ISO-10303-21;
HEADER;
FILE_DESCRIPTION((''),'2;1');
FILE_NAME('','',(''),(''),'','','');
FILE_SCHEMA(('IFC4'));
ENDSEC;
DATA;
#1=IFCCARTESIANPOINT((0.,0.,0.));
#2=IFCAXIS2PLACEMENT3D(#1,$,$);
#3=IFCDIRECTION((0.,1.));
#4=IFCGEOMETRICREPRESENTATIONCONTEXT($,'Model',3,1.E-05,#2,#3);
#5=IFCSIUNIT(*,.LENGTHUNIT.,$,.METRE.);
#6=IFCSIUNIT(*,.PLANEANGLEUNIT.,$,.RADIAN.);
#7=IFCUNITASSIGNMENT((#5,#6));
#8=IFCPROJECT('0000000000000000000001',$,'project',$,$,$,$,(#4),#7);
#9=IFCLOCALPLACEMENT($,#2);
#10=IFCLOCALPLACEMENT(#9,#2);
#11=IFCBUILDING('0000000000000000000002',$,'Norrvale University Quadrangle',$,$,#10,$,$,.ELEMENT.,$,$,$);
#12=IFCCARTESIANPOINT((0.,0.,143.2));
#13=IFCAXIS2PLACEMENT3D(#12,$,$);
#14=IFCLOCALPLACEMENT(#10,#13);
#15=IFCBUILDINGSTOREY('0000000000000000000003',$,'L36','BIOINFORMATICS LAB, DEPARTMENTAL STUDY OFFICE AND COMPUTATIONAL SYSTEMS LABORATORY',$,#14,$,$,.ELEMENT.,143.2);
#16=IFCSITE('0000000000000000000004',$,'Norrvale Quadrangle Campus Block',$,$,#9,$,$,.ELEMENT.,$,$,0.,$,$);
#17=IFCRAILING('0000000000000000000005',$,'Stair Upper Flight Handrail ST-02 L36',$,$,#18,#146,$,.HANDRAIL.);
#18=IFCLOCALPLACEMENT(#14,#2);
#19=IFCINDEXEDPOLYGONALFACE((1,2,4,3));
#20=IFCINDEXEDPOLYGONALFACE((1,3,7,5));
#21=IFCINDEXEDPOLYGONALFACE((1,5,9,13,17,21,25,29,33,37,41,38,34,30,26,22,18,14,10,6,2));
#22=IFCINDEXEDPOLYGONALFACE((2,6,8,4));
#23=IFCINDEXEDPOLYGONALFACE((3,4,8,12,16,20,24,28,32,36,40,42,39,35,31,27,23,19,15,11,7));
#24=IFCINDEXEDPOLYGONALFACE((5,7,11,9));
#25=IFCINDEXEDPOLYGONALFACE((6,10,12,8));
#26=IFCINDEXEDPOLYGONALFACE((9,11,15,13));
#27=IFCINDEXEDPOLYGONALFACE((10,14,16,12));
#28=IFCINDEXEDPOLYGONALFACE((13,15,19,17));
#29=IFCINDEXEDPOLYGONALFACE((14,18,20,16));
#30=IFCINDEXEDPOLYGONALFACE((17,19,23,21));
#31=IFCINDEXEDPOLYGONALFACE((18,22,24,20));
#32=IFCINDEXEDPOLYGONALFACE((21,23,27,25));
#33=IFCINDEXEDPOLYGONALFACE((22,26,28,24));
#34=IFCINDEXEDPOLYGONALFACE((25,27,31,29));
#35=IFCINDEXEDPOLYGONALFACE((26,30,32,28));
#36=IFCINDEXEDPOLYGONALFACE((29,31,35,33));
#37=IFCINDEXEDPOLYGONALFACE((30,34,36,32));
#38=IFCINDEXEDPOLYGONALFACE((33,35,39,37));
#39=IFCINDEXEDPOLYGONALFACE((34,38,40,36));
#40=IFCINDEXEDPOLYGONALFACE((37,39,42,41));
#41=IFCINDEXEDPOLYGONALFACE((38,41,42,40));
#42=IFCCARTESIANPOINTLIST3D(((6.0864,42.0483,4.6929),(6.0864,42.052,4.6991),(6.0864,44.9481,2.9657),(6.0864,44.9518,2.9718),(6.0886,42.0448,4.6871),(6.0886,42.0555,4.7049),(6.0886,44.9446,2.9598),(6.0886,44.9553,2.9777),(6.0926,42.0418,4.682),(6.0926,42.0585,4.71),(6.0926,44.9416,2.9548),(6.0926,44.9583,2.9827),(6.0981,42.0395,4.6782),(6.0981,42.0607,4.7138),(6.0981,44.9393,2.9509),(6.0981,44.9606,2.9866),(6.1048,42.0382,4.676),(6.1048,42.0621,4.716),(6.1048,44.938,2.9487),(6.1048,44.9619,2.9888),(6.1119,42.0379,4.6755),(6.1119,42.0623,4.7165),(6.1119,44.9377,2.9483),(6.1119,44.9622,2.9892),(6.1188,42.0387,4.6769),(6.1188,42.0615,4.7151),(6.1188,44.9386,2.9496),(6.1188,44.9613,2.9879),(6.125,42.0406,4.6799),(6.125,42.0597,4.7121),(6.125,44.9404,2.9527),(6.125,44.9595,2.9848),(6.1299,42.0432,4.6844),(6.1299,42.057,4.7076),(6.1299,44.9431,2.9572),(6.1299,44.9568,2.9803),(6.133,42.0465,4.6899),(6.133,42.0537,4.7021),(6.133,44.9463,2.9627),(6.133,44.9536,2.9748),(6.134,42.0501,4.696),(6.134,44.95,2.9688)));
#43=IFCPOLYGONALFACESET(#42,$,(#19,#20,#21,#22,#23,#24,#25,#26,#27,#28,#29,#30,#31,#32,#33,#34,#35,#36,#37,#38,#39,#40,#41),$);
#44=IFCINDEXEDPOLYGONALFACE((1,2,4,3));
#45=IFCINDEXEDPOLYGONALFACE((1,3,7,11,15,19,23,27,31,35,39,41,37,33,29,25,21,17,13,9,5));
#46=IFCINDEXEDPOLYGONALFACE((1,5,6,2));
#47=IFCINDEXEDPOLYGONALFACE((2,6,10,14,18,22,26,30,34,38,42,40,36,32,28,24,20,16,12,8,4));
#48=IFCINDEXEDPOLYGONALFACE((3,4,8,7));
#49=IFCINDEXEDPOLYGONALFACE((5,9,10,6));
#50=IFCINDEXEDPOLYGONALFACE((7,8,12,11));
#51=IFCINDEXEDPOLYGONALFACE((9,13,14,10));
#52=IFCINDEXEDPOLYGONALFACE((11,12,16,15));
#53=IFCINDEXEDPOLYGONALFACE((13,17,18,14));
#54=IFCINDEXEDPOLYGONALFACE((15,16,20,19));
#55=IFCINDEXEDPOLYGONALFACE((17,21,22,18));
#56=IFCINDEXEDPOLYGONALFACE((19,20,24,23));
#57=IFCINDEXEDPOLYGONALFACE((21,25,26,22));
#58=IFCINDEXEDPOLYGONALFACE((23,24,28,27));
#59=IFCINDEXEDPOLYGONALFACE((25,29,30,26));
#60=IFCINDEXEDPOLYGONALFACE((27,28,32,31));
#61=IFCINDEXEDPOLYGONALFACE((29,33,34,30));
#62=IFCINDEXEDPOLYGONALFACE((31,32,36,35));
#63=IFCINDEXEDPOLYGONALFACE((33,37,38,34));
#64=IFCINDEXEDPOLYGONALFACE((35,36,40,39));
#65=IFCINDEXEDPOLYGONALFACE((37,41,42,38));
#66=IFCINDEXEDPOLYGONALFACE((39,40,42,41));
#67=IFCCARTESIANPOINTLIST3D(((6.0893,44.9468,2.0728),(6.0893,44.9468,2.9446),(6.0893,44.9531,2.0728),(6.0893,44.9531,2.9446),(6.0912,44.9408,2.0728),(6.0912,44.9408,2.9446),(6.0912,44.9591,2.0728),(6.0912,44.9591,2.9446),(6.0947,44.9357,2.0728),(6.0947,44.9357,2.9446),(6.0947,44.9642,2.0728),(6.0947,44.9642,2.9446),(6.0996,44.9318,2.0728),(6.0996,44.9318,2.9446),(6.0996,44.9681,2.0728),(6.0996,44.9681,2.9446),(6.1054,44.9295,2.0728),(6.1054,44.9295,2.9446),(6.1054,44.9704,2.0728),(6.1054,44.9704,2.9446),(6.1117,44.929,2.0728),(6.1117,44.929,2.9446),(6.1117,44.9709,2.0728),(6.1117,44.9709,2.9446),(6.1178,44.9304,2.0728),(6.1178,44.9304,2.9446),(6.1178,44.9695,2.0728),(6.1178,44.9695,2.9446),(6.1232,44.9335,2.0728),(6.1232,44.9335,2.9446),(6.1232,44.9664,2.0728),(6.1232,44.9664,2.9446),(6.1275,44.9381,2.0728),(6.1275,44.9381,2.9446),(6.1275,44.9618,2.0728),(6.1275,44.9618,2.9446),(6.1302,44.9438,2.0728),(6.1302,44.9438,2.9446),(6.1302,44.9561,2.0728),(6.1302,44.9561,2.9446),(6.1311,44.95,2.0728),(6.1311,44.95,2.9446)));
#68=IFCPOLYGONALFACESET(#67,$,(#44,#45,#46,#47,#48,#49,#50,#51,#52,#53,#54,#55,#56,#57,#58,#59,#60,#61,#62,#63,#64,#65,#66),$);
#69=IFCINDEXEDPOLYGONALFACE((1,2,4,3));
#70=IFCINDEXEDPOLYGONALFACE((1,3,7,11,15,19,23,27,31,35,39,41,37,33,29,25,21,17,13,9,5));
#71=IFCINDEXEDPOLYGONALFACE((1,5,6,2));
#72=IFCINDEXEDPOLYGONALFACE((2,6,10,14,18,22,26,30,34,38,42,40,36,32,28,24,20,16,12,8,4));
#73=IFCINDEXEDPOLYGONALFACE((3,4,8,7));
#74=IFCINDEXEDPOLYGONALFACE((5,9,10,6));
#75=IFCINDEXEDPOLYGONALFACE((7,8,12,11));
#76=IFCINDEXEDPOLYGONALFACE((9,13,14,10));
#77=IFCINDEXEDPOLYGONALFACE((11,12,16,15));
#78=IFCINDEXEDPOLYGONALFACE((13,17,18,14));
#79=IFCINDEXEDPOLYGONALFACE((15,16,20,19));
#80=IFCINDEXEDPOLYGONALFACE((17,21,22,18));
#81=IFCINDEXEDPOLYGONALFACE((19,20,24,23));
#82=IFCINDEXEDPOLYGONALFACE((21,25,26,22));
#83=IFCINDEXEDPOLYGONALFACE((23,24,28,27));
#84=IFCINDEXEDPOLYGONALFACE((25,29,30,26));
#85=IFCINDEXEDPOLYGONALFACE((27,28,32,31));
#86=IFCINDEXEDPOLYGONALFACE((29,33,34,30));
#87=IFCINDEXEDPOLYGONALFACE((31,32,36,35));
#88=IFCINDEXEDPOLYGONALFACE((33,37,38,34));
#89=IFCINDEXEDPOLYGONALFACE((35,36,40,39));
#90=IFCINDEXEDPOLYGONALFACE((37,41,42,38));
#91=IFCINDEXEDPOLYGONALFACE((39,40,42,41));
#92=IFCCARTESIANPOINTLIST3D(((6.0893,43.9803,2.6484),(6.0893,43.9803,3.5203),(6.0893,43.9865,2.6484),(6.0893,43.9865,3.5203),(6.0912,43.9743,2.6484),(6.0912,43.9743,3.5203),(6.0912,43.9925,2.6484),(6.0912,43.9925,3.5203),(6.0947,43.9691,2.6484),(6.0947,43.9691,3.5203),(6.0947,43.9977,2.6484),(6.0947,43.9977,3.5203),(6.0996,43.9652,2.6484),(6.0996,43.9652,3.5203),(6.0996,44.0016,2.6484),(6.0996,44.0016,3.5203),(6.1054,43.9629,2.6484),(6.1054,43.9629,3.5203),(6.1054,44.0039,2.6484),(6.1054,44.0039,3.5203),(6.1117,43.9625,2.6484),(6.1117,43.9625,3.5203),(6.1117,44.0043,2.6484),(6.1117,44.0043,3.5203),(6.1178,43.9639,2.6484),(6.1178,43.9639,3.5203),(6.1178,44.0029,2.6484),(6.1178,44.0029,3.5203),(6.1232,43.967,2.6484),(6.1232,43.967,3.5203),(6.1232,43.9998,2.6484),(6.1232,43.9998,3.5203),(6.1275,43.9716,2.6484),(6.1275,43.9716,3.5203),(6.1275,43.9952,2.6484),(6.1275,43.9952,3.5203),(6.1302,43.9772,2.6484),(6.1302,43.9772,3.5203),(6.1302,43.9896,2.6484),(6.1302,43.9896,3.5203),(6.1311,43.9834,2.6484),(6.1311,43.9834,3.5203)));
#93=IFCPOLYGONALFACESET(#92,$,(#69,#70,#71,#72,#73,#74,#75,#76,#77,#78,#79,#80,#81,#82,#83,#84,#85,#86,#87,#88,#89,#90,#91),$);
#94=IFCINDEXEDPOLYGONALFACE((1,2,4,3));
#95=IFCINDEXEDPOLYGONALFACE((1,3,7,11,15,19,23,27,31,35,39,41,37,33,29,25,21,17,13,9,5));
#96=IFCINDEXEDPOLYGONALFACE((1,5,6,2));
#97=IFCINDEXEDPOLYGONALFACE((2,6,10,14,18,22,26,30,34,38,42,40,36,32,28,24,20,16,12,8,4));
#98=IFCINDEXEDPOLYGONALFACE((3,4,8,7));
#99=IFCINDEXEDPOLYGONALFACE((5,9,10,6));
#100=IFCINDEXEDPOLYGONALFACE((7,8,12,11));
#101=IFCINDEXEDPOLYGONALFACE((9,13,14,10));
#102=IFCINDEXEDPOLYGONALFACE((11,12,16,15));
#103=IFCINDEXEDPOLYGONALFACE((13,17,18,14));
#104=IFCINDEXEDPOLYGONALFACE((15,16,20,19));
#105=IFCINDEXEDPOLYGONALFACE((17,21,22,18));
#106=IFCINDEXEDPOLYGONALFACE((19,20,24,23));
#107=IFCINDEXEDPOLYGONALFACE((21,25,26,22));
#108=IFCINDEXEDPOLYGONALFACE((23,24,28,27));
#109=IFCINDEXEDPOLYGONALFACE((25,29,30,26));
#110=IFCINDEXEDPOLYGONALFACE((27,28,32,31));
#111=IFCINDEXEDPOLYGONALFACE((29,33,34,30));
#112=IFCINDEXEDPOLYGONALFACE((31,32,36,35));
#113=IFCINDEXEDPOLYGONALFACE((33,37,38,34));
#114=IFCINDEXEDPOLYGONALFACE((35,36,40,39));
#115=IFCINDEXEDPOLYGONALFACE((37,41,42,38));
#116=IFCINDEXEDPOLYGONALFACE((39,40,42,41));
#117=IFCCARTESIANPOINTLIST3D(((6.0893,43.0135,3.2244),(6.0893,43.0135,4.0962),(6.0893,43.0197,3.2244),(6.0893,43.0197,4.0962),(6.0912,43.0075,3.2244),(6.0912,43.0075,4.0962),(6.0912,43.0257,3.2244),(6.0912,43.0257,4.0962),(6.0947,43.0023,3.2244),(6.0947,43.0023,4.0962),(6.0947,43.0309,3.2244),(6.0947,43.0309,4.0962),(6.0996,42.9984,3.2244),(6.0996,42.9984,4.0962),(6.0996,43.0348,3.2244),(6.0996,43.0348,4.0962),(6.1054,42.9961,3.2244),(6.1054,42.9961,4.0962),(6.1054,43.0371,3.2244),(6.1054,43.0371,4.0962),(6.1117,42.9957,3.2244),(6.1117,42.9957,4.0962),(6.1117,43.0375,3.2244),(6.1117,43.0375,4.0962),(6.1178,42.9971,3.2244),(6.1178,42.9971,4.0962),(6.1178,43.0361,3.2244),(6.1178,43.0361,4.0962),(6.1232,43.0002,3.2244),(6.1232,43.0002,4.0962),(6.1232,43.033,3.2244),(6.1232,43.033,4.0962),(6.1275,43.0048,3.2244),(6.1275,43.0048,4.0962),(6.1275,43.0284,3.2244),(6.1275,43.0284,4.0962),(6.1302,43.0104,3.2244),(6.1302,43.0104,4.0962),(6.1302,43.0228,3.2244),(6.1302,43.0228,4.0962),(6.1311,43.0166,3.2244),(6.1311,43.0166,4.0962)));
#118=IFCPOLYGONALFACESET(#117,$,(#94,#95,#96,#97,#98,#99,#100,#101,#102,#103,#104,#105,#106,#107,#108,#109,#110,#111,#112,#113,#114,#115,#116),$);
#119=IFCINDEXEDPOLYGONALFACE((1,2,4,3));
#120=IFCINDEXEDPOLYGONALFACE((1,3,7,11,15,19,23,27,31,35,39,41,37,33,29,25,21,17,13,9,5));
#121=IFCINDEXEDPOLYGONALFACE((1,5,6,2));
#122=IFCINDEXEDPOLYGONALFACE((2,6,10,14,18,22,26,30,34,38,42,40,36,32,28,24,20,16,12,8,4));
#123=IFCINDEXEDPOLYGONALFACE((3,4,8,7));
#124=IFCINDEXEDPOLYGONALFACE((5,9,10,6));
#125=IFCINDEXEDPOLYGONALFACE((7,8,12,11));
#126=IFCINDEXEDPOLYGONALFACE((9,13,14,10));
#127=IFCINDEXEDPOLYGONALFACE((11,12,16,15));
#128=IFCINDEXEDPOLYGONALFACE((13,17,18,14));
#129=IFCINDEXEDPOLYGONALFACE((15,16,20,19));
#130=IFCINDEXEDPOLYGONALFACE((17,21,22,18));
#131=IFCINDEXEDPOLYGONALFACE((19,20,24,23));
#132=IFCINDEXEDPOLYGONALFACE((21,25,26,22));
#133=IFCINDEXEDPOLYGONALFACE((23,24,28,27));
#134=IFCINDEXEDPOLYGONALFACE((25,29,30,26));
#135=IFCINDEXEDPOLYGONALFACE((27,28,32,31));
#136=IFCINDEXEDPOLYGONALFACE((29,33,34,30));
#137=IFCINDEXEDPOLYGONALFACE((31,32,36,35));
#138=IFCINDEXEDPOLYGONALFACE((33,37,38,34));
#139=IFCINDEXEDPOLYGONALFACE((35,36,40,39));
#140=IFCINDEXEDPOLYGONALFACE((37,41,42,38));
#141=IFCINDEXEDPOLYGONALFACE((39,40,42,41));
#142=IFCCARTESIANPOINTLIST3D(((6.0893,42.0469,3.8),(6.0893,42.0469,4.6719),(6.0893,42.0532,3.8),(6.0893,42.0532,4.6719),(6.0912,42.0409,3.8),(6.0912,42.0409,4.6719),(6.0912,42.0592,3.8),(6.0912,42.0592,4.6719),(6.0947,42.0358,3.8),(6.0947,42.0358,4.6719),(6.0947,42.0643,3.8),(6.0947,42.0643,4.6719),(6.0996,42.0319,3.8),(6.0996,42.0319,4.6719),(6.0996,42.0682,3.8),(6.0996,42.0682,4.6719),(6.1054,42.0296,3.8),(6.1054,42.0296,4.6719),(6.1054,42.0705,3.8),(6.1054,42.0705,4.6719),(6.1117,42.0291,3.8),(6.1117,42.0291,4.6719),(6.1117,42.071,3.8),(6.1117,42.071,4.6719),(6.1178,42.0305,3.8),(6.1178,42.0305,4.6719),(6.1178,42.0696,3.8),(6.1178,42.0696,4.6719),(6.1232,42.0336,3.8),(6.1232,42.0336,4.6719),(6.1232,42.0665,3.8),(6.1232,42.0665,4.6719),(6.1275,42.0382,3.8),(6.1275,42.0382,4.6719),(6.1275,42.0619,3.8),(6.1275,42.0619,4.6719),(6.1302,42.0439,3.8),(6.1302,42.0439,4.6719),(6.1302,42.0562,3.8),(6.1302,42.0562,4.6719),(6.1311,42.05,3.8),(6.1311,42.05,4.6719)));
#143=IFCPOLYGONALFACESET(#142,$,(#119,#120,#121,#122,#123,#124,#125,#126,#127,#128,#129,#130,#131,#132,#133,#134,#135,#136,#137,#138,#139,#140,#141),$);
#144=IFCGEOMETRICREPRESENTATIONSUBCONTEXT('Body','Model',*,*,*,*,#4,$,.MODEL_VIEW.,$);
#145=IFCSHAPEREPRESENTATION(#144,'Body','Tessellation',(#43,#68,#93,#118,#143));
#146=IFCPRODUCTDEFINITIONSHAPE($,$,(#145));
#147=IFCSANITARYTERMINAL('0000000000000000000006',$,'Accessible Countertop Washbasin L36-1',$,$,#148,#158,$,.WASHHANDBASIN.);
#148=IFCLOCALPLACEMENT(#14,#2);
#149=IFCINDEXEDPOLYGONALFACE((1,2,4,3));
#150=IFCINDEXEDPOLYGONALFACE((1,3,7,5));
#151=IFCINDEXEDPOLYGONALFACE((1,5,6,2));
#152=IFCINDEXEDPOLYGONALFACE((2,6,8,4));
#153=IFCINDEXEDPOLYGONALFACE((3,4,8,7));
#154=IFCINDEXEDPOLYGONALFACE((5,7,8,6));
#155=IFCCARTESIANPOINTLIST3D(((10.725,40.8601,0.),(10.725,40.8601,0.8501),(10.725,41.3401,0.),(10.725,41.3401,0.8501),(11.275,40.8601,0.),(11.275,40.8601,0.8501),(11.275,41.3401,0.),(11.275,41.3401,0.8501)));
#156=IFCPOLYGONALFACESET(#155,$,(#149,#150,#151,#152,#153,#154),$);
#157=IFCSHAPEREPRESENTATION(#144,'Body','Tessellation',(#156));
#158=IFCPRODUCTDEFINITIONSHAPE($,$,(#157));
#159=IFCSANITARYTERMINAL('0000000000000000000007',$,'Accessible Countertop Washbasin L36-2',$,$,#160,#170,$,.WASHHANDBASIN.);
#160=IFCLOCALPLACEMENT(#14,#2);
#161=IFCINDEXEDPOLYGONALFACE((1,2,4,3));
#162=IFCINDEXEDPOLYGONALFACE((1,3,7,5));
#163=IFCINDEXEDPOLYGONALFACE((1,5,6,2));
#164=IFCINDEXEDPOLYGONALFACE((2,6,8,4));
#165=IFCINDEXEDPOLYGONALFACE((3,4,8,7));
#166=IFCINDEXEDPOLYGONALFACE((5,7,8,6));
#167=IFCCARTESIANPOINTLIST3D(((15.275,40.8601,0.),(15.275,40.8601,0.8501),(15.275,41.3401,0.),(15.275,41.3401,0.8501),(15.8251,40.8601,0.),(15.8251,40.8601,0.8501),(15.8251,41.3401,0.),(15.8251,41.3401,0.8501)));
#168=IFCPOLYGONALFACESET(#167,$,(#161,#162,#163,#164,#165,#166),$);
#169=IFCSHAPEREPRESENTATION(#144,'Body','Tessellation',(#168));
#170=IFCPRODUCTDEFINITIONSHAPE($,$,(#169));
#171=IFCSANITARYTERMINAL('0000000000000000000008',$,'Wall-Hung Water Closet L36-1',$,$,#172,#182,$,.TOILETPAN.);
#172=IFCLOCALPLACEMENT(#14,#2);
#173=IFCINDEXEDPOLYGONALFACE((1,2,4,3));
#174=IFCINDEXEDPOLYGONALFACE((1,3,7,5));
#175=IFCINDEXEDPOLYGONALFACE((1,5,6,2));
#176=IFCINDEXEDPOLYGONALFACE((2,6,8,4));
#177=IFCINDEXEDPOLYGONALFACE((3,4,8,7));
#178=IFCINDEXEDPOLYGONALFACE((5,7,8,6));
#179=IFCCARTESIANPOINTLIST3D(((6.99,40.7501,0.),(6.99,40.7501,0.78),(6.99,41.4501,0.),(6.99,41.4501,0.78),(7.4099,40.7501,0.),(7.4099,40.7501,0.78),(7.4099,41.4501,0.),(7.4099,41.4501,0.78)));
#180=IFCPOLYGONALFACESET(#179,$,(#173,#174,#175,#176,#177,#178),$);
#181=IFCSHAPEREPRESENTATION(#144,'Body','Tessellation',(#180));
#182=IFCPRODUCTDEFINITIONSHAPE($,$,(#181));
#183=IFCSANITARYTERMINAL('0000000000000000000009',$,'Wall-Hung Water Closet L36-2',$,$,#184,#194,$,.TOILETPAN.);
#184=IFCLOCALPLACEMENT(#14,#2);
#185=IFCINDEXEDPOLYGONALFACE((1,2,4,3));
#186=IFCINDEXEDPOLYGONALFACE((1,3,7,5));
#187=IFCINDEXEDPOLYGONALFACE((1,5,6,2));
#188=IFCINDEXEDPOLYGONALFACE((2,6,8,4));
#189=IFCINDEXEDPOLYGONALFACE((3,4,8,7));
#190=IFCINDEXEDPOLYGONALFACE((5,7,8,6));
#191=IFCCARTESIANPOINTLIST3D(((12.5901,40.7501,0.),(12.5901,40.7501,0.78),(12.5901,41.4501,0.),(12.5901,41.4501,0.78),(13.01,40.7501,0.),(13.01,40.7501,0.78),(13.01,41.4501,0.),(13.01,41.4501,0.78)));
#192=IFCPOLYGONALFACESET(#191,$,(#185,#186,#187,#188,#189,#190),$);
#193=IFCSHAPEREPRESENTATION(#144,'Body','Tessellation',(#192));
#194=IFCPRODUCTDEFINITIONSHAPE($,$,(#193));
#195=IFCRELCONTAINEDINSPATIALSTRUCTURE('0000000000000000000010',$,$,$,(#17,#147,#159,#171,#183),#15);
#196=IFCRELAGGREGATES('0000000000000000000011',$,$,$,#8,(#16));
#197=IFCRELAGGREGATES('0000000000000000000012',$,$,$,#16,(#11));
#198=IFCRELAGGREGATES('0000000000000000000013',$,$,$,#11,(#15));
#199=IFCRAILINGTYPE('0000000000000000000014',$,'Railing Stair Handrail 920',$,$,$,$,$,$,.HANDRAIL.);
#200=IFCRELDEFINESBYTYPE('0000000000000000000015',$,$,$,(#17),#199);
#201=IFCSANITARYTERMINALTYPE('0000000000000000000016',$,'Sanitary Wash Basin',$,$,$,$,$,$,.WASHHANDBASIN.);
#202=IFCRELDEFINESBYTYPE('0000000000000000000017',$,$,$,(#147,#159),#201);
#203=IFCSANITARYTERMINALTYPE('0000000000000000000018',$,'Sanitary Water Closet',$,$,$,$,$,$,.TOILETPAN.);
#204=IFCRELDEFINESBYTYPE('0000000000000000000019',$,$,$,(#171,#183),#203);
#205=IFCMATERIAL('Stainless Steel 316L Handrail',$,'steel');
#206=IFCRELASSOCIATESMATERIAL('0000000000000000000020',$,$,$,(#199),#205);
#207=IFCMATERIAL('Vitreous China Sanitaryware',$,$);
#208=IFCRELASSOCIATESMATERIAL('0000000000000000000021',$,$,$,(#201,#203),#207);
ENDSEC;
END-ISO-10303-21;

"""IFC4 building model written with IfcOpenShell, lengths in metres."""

from ifc_helpers import new_model, si_unit, direction, frame, origin, origin_2d, place, context, subcontext, project, spatial, rectangle, circle, extrude, material, type_object, element, save


model = new_model("IFC4")

# Units and contexts
model_context = context("Model", 3, precision=1e-05, world=origin(), true_north=direction((0.0, 1.0)))
body_context = subcontext(model_context, "Body", "Model", "MODEL_VIEW")
ifc_project = project(units=[si_unit("LENGTHUNIT", "METRE"), si_unit("PLANEANGLEUNIT", "RADIAN")], contexts=[model_context])

# Site, building, storey
site_placement = place(None, origin())
site = spatial("IfcSite", under=ifc_project, at=site_placement, Name="Norrvale Quadrangle Campus Block", CompositionType="ELEMENT", RefElevation=0.0)
building_placement = place(site_placement, origin())
building = spatial("IfcBuilding", under=site, at=building_placement, Name="Norrvale University Quadrangle", CompositionType="ELEMENT")
storey_placement = place(building_placement, frame((0.0, 0.0, 143.2)))
storey = spatial("IfcBuildingStorey", under=building, at=storey_placement, Name="L36", Description="BIOINFORMATICS LAB, DEPARTMENTAL STUDY OFFICE AND COMPUTATIONAL SYSTEMS LABORATORY", CompositionType="ELEMENT", Elevation=143.2)

# Railing
ifc_material_1 = material(Name="Stainless Steel 316L Handrail", Category="steel")
railing_type_1 = type_object("IfcRailingType", Name="Railing Stair Handrail 920", PredefinedType="HANDRAIL", material=ifc_material_1)
railing_1_placement = place(storey_placement, frame((6.1101, 44.95, 2.0728)))
element("IfcRailing", 1, at=railing_1_placement, inside=storey, type_object=railing_type_1, Name="Stair Upper Flight Handrail ST-02 L36", PredefinedType="HANDRAIL", context=body_context, shape_type="SweptSolid", body=[
    extrude(circle(Radius=0.0239, at=origin_2d()), frame((0.0, 0.0, 0.896), z_axis=(0.0, -0.859141, 0.511738), x_axis=(1.0, 0.0, 0.0)), (0.0, 0.0, 1.0), 3.3752),
    extrude(circle(Radius=0.021, at=origin_2d()), origin(), (0.0, 0.0, 1.0), 0.8718),
    extrude(circle(Radius=0.021, at=origin_2d()), frame((0.0, -0.9666, 0.5757)), (0.0, 0.0, 1.0), 0.8718),
    extrude(circle(Radius=0.021, at=origin_2d()), frame((0.0, -1.9333, 1.1516)), (0.0, 0.0, 1.0), 0.8718),
    extrude(circle(Radius=0.021, at=origin_2d()), frame((0.0, -2.8999, 1.7273)), (0.0, 0.0, 1.0), 0.8718),
])

# Sanitary terminals
ifc_material_2 = material(Name="Vitreous China Sanitaryware")
sanitary_terminal_type_1 = type_object("IfcSanitaryTerminalType", Name="Sanitary Wash Basin", PredefinedType="WASHHANDBASIN", material=ifc_material_2)
for number, where, z_axis, x_axis, name in (
    (2, (11.0, 41.1001, 0.0), (0.0, 0.0, 1.0), (1.0, 0.0, 0.0), "Accessible Countertop Washbasin L36-1"),
    (3, (15.55, 41.1001, 0.0), (0.0, 0.0, 1.0), (1.0, 0.0, 0.0), "Accessible Countertop Washbasin L36-2"),
):
    element("IfcSanitaryTerminal", number, at=place(storey_placement, frame(where, z_axis=z_axis, x_axis=x_axis)), inside=storey, type_object=sanitary_terminal_type_1, Name=name, PredefinedType="WASHHANDBASIN", context=body_context, shape_type="SweptSolid", body=[
        extrude(rectangle(XDim=0.55, YDim=0.48, at=origin_2d()), origin(), (0.0, 0.0, 1.0), 0.8501),
    ])
sanitary_terminal_type_2 = type_object("IfcSanitaryTerminalType", Name="Sanitary Water Closet", PredefinedType="TOILETPAN", material=ifc_material_2)
for number, where, z_axis, x_axis, name in (
    (4, (7.2, 41.1001, 0.0), (0.0, 0.0, 1.0), (1.0, 0.0, 0.0), "Wall-Hung Water Closet L36-1"),
    (5, (12.8, 41.1001, 0.0), (0.0, 0.0, 1.0), (1.0, 0.0, 0.0), "Wall-Hung Water Closet L36-2"),
):
    element("IfcSanitaryTerminal", number, at=place(storey_placement, frame(where, z_axis=z_axis, x_axis=x_axis)), inside=storey, type_object=sanitary_terminal_type_2, Name=name, PredefinedType="TOILETPAN", context=body_context, shape_type="SweptSolid", body=[
        extrude(rectangle(XDim=0.4199, YDim=0.7, at=origin_2d()), origin(), (0.0, 0.0, 1.0), 0.78),
    ])

save(model, "model.ifc")
